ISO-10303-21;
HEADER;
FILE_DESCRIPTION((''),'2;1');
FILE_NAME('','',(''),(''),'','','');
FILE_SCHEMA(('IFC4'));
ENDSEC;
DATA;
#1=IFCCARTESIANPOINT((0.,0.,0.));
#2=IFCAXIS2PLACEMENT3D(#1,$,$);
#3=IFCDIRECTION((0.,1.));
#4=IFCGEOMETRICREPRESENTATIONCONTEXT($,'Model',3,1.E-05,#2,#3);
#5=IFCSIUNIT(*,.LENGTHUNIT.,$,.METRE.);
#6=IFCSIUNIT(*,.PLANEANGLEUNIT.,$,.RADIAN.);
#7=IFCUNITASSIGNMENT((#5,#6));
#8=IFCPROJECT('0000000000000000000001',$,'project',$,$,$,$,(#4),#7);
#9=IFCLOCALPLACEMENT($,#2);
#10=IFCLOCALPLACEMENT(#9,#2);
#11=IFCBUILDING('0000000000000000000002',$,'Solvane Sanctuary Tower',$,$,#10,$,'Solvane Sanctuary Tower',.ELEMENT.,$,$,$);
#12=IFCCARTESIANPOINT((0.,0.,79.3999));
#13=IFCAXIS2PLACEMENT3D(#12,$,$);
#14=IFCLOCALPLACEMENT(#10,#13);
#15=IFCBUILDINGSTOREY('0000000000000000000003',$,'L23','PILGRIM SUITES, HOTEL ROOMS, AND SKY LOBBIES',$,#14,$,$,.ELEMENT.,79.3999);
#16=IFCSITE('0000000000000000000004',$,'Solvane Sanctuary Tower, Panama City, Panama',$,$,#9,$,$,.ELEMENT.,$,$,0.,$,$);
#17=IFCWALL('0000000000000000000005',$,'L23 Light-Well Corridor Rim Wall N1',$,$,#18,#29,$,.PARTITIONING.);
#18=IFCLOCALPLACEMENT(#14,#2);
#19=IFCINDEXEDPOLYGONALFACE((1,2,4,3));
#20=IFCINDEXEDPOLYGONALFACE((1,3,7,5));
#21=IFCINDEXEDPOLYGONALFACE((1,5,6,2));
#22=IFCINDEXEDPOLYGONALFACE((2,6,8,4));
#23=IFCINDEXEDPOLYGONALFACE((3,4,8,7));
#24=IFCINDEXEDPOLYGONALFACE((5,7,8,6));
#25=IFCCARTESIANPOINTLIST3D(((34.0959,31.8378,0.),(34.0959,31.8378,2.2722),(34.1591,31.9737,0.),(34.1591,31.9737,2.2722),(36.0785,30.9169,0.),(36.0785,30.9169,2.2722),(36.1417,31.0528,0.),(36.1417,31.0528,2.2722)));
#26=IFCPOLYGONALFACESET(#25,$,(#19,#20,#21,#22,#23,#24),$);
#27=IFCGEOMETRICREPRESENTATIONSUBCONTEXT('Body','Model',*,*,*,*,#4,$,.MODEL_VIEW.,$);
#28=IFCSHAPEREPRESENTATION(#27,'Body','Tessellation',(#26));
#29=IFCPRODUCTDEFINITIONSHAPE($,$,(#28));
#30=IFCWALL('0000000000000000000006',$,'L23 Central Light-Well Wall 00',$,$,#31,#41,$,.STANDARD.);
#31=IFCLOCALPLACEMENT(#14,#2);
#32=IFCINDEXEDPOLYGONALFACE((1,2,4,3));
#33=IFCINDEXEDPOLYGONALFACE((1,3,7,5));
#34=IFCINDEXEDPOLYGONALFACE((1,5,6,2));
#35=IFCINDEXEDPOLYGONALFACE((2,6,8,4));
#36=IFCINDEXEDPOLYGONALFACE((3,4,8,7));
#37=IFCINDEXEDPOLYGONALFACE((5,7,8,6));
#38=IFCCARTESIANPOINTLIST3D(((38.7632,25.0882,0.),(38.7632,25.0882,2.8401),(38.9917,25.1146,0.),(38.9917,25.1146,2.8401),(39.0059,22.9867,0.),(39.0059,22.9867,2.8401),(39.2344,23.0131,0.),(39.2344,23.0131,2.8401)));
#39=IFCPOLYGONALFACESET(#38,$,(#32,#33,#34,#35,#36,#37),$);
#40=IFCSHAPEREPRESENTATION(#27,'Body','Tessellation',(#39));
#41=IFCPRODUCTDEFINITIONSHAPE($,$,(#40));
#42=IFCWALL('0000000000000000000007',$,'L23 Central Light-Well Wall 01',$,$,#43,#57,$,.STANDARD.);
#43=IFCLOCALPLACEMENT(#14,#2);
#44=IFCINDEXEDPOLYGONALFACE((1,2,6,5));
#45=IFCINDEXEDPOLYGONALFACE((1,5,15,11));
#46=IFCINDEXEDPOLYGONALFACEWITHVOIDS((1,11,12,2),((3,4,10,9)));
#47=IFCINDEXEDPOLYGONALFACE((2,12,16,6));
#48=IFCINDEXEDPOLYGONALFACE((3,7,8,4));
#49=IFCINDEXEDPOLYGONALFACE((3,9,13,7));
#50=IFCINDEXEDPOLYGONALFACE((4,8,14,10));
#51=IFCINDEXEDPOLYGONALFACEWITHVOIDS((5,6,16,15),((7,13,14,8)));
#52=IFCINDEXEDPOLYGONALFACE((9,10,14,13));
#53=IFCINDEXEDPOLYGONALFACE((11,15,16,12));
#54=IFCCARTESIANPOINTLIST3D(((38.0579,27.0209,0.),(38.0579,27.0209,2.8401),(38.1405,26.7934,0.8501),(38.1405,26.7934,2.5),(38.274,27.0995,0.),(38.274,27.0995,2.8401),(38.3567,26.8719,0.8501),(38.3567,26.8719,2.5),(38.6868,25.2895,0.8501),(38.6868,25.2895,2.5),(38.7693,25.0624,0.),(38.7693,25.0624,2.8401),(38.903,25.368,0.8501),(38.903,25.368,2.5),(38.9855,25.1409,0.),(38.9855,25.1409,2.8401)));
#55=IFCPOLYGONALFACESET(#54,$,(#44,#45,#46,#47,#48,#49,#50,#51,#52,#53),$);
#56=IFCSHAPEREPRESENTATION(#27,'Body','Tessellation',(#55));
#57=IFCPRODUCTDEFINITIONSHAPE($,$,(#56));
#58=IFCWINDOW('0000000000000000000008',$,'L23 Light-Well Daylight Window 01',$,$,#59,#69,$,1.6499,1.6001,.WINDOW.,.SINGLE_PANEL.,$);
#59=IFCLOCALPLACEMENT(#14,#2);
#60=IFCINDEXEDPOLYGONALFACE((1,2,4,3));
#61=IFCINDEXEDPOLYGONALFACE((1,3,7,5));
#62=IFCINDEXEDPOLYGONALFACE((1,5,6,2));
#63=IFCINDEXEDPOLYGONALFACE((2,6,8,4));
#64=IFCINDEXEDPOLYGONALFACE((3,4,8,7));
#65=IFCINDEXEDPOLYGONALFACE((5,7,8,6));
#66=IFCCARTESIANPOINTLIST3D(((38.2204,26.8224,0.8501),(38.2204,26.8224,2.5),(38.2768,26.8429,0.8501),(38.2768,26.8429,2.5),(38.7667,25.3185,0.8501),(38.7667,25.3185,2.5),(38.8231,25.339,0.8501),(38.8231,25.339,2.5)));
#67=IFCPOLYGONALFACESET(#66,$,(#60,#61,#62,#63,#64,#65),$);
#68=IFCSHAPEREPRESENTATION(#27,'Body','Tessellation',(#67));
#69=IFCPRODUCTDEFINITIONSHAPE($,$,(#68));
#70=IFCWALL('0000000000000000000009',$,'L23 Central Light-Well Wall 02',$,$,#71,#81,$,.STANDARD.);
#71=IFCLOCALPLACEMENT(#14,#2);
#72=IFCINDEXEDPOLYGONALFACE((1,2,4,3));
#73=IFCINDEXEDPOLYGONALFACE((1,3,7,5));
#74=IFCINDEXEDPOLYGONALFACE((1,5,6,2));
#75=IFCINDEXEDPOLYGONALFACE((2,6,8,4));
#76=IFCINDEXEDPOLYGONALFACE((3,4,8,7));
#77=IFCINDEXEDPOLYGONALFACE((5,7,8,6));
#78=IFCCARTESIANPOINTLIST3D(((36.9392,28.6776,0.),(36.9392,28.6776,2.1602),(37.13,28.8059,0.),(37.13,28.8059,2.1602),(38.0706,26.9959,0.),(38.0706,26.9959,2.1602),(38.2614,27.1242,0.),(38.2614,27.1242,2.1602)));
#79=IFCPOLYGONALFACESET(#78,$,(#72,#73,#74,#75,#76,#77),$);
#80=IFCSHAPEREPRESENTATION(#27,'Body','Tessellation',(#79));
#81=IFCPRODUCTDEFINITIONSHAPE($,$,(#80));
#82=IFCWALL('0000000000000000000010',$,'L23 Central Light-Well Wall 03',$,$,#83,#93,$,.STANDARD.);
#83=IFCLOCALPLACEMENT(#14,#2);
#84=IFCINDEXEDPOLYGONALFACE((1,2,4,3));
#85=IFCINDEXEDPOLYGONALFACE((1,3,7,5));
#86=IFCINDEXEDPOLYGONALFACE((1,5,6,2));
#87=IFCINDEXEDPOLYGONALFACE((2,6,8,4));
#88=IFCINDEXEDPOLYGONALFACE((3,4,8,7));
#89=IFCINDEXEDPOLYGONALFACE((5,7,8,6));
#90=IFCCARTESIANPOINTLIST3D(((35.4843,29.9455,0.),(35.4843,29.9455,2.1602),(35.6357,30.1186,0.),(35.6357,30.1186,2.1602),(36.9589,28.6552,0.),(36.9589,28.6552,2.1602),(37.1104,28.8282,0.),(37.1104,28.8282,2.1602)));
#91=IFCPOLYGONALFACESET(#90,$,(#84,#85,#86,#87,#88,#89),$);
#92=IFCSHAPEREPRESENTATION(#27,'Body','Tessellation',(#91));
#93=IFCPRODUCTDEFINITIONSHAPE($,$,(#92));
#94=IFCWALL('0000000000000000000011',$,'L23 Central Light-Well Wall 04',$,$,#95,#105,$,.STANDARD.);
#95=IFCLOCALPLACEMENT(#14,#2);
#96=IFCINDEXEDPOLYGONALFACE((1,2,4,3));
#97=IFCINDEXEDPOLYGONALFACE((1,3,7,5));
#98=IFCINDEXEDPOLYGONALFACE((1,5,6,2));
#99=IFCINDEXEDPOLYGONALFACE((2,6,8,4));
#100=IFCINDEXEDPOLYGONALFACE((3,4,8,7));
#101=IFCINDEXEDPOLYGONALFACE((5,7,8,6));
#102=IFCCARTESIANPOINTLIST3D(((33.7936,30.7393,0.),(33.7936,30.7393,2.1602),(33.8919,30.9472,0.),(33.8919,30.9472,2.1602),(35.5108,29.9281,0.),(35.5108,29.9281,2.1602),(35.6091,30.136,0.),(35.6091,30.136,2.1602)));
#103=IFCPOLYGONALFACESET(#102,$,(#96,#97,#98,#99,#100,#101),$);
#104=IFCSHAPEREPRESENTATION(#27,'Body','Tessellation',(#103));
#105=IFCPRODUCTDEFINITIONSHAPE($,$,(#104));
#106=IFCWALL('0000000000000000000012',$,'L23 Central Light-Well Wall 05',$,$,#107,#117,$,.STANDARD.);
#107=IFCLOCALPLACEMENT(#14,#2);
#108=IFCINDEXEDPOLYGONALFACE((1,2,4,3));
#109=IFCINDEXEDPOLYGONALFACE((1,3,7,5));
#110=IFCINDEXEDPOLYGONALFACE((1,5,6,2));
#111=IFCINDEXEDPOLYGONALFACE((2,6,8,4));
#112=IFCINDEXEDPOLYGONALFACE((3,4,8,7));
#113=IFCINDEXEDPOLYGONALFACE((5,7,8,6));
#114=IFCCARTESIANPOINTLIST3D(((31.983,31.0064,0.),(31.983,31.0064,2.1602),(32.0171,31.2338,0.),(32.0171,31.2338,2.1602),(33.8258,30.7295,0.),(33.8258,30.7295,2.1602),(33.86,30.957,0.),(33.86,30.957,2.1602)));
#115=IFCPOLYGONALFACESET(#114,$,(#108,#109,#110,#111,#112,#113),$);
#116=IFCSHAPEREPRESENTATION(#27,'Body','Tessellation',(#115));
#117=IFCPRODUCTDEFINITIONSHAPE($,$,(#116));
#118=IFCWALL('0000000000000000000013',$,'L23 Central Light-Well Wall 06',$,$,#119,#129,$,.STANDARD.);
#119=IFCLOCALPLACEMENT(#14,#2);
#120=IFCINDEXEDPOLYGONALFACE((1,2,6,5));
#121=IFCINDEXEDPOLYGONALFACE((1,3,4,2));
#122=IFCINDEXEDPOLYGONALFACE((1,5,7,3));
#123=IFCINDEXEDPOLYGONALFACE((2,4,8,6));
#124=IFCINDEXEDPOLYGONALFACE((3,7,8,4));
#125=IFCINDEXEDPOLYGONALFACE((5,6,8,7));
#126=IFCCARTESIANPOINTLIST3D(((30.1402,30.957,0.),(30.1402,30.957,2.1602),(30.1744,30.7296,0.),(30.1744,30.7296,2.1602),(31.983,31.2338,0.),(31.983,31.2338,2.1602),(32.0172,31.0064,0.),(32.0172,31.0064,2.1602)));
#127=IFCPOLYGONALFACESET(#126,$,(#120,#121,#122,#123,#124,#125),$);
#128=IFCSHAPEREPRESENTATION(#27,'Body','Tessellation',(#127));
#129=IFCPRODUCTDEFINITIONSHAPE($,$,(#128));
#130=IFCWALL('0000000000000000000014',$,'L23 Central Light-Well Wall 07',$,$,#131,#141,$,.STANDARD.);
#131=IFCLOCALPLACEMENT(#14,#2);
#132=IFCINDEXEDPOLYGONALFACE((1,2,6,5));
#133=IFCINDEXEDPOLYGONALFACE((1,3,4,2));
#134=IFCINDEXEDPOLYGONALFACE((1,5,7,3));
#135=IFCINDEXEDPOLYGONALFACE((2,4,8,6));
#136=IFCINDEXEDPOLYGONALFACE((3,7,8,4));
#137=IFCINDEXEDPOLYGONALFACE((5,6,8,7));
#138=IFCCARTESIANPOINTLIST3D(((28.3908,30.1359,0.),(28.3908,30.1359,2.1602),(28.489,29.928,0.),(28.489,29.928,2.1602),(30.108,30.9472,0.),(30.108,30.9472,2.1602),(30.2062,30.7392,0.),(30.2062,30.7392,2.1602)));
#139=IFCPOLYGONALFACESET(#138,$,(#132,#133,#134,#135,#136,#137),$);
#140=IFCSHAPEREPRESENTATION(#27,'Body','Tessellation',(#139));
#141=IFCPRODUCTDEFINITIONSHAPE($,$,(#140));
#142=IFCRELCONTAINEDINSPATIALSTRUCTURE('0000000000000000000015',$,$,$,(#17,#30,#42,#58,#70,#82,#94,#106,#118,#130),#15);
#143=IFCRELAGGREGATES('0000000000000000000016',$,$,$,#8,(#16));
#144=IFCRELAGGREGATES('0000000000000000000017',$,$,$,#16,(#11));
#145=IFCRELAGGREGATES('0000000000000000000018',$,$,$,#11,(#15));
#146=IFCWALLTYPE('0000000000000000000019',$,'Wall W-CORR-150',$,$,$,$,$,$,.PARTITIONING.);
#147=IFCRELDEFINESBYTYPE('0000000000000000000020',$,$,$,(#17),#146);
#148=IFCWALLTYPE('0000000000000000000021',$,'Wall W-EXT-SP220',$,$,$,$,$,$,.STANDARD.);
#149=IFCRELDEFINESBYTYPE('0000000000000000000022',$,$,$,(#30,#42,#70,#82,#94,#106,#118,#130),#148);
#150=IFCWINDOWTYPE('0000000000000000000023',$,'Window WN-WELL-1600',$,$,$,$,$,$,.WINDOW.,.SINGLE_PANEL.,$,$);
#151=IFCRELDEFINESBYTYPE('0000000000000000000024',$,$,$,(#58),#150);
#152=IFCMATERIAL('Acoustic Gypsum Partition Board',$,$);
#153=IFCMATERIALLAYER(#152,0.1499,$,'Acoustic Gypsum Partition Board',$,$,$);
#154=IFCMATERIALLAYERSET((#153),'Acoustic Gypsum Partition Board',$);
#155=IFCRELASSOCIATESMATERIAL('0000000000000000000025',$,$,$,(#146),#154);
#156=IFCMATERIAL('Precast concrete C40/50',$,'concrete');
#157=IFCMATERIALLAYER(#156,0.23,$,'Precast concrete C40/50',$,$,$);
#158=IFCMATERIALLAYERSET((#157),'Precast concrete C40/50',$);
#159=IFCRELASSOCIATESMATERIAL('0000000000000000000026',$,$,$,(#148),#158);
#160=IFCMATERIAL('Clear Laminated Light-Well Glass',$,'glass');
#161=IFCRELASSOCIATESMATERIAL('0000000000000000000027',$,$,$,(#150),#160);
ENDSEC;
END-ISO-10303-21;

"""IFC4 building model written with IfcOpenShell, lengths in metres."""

from ifc_helpers import new_model, si_unit, direction, frame, frame_2d, origin, place, context, subcontext, project, spatial, rectangle, extrude, material, layer, layer_set, type_object, element, fill, save


model = new_model("IFC4")

# Units and contexts
model_context = context("Model", 3, precision=1e-05, world=origin(), true_north=direction((0.0, 1.0)))
body_context = subcontext(model_context, "Body", "Model", "MODEL_VIEW")
ifc_project = project(units=[si_unit("LENGTHUNIT", "METRE"), si_unit("PLANEANGLEUNIT", "RADIAN")], contexts=[model_context])

# Site, building, storey
site_placement = place(None, origin())
site = spatial("IfcSite", under=ifc_project, at=site_placement, Name="Solvane Sanctuary Tower, Panama City, Panama", CompositionType="ELEMENT", RefElevation=0.0)
building_placement = place(site_placement, origin())
building = spatial("IfcBuilding", under=site, at=building_placement, Name="Solvane Sanctuary Tower", LongName="Solvane Sanctuary Tower", CompositionType="ELEMENT")
storey_placement = place(building_placement, frame((0.0, 0.0, 79.3999)))
storey = spatial("IfcBuildingStorey", under=building, at=storey_placement, Name="L23", Description="PILGRIM SUITES, HOTEL ROOMS, AND SKY LOBBIES", CompositionType="ELEMENT", Elevation=79.3999)

# Shared definitions
ifc_material_1 = material(Name="Acoustic Gypsum Partition Board")
ifc_layer_1 = layer(ifc_material_1, 0.1499, Name="Acoustic Gypsum Partition Board")
ifc_layer_set_1 = layer_set([ifc_layer_1], Name="Acoustic Gypsum Partition Board")
wall_type_1 = type_object("IfcWallType", Name="Wall W-CORR-150", PredefinedType="PARTITIONING", material=ifc_layer_set_1)

# Walls
wall_1_placement = place(storey_placement, frame((36.1101, 30.9849, 0.0), z_axis=(0.0, 0.0, 1.0), x_axis=(-0.906943, 0.421252, 0.0)))
element("IfcWall", 1, at=wall_1_placement, inside=storey, type_object=wall_type_1, Name="L23 Light-Well Corridor Rim Wall N1", PredefinedType="PARTITIONING", context=body_context, shape_type="SweptSolid", body=[
    extrude(rectangle(XDim=2.186, YDim=0.1499, at=frame_2d((1.093, 0.0))), origin(), (0.0, 0.0, 1.0), 2.2722),
])
ifc_material_2 = material(Name="Precast concrete C40/50", Category="concrete")
ifc_layer_2 = layer(ifc_material_2, 0.23, Name="Precast concrete C40/50")
ifc_layer_set_2 = layer_set([ifc_layer_2], Name="Precast concrete C40/50")
wall_type_2 = type_object("IfcWallType", Name="Wall W-EXT-SP220", PredefinedType="STANDARD", material=ifc_layer_set_2)
wall_2_placement = place(storey_placement, frame((39.1201, 23.0, 0.0), z_axis=(0.0, 0.0, 1.0), x_axis=(-0.114712, 0.993399, 0.0)))
element("IfcWall", 2, at=wall_2_placement, inside=storey, type_object=wall_type_2, Name="L23 Central Light-Well Wall 00", PredefinedType="STANDARD", context=body_context, shape_type="SweptSolid", body=[
    extrude(rectangle(XDim=2.1155, YDim=0.23, at=frame_2d((1.0576, 0.0))), origin(), (0.0, 0.0, 1.0), 2.8401),
])

# Wall, opening, window
wall_3_placement = place(storey_placement, frame((38.8774, 25.1016, 0.0), z_axis=(0.0, 0.0, 1.0), x_axis=(-0.341423, 0.93991, 0.0)))
wall_3 = element("IfcWall", 3, at=wall_3_placement, inside=storey, type_object=wall_type_2, Name="L23 Central Light-Well Wall 01", PredefinedType="STANDARD", context=body_context, shape_type="SweptSolid", body=[
    extrude(rectangle(XDim=2.0837, YDim=0.23, at=frame_2d((1.042, 0.0))), origin(), (0.0, 0.0, 1.0), 2.8401),
])
opening_1_placement = place(wall_3_placement, frame((0.2417, 0.0, 0.8501)))
opening_1 = element("IfcOpeningElement", 4, at=opening_1_placement, cuts=wall_3, PredefinedType="OPENING", context=body_context, shape_type="SweptSolid", body=[
    extrude(rectangle(XDim=1.6001, YDim=1.6499, at=frame_2d((0.8, 0.825))), frame((0.0, 0.125, 0.0), z_axis=(0.0, -1.0, 0.0), x_axis=(1.0, 0.0, 0.0)), (0.0, 0.0, 1.0), 0.25),
])
ifc_material_3 = material(Name="Clear Laminated Light-Well Glass", Category="glass")
window_type = type_object("IfcWindowType", Name="Window WN-WELL-1600", PartitioningType="SINGLE_PANEL", PredefinedType="WINDOW", material=ifc_material_3)
window_placement = place(opening_1_placement, origin())
window = element("IfcWindow", 5, at=window_placement, inside=storey, type_object=window_type, Name="L23 Light-Well Daylight Window 01", OverallHeight=1.6499, OverallWidth=1.6001, PartitioningType="SINGLE_PANEL", PredefinedType="WINDOW", context=body_context, shape_type="SweptSolid", body=[
    extrude(rectangle(XDim=1.6001, YDim=1.6499, at=frame_2d((0.8, 0.825))), frame((0.0, 0.03, 0.0), z_axis=(0.0, -1.0, 0.0), x_axis=(1.0, 0.0, 0.0)), (0.0, 0.0, 1.0), 0.0601),
])
fill(opening_1, window)

# Walls
wall_4_placement = place(storey_placement, frame((38.166, 27.0601, 0.0), z_axis=(0.0, 0.0, 1.0), x_axis=(-0.558198, 0.829708, 0.0)))
element("IfcWall", 6, at=wall_4_placement, inside=storey, type_object=wall_type_2, Name="L23 Central Light-Well Wall 02", PredefinedType="STANDARD", context=body_context, shape_type="SweptSolid", body=[
    extrude(rectangle(XDim=2.0269, YDim=0.23, at=frame_2d((1.0134, 0.0))), origin(), (0.0, 0.0, 1.0), 2.1602),
])
wall_5_placement = place(storey_placement, frame((37.0347, 28.7417, 0.0), z_axis=(0.0, 0.0, 1.0), x_axis=(-0.752577, 0.658505, 0.0)))
element("IfcWall", 7, at=wall_5_placement, inside=storey, type_object=wall_type_2, Name="L23 Central Light-Well Wall 03", PredefinedType="STANDARD", context=body_context, shape_type="SweptSolid", body=[
    extrude(rectangle(XDim=1.9595, YDim=0.23, at=frame_2d((0.9797, 0.0))), origin(), (0.0, 0.0, 1.0), 2.1602),
])
wall_6_placement = place(storey_placement, frame((35.5601, 30.032, 0.0), z_axis=(0.0, 0.0, 1.0), x_axis=(-0.90418, 0.427152, 0.0)))
element("IfcWall", 8, at=wall_6_placement, inside=storey, type_object=wall_type_2, Name="L23 Central Light-Well Wall 04", PredefinedType="STANDARD", context=body_context, shape_type="SweptSolid", body=[
    extrude(rectangle(XDim=1.8992, YDim=0.23, at=frame_2d((0.9497, 0.0))), origin(), (0.0, 0.0, 1.0), 2.1602),
])
for number, where, z_axis, x_axis, name in (
    (9, (33.8428, 30.8433, 0.0), (0.0, 0.0, 1.0), (-0.988902, 0.148571, 0.0), "L23 Central Light-Well Wall 05"),
    (10, (32.0, 31.1201, 0.0), (0.0, 0.0, 1.0), (-0.988902, -0.148571, 0.0), "L23 Central Light-Well Wall 06"),
):
    element("IfcWall", number, at=place(storey_placement, frame(where, z_axis=z_axis, x_axis=x_axis)), inside=storey, type_object=wall_type_2, Name=name, PredefinedType="STANDARD", context=body_context, shape_type="SweptSolid", body=[
        extrude(rectangle(XDim=1.8635, YDim=0.23, at=frame_2d((0.9316, 0.0))), origin(), (0.0, 0.0, 1.0), 2.1602),
    ])
wall_7_placement = place(storey_placement, frame((30.1572, 30.8433, 0.0), z_axis=(0.0, 0.0, 1.0), x_axis=(-0.90418, -0.427152, 0.0)))
element("IfcWall", 11, at=wall_7_placement, inside=storey, type_object=wall_type_2, Name="L23 Central Light-Well Wall 07", PredefinedType="STANDARD", context=body_context, shape_type="SweptSolid", body=[
    extrude(rectangle(XDim=1.8992, YDim=0.23, at=frame_2d((0.9497, 0.0))), origin(), (0.0, 0.0, 1.0), 2.1602),
])

save(model, "model.ifc")
